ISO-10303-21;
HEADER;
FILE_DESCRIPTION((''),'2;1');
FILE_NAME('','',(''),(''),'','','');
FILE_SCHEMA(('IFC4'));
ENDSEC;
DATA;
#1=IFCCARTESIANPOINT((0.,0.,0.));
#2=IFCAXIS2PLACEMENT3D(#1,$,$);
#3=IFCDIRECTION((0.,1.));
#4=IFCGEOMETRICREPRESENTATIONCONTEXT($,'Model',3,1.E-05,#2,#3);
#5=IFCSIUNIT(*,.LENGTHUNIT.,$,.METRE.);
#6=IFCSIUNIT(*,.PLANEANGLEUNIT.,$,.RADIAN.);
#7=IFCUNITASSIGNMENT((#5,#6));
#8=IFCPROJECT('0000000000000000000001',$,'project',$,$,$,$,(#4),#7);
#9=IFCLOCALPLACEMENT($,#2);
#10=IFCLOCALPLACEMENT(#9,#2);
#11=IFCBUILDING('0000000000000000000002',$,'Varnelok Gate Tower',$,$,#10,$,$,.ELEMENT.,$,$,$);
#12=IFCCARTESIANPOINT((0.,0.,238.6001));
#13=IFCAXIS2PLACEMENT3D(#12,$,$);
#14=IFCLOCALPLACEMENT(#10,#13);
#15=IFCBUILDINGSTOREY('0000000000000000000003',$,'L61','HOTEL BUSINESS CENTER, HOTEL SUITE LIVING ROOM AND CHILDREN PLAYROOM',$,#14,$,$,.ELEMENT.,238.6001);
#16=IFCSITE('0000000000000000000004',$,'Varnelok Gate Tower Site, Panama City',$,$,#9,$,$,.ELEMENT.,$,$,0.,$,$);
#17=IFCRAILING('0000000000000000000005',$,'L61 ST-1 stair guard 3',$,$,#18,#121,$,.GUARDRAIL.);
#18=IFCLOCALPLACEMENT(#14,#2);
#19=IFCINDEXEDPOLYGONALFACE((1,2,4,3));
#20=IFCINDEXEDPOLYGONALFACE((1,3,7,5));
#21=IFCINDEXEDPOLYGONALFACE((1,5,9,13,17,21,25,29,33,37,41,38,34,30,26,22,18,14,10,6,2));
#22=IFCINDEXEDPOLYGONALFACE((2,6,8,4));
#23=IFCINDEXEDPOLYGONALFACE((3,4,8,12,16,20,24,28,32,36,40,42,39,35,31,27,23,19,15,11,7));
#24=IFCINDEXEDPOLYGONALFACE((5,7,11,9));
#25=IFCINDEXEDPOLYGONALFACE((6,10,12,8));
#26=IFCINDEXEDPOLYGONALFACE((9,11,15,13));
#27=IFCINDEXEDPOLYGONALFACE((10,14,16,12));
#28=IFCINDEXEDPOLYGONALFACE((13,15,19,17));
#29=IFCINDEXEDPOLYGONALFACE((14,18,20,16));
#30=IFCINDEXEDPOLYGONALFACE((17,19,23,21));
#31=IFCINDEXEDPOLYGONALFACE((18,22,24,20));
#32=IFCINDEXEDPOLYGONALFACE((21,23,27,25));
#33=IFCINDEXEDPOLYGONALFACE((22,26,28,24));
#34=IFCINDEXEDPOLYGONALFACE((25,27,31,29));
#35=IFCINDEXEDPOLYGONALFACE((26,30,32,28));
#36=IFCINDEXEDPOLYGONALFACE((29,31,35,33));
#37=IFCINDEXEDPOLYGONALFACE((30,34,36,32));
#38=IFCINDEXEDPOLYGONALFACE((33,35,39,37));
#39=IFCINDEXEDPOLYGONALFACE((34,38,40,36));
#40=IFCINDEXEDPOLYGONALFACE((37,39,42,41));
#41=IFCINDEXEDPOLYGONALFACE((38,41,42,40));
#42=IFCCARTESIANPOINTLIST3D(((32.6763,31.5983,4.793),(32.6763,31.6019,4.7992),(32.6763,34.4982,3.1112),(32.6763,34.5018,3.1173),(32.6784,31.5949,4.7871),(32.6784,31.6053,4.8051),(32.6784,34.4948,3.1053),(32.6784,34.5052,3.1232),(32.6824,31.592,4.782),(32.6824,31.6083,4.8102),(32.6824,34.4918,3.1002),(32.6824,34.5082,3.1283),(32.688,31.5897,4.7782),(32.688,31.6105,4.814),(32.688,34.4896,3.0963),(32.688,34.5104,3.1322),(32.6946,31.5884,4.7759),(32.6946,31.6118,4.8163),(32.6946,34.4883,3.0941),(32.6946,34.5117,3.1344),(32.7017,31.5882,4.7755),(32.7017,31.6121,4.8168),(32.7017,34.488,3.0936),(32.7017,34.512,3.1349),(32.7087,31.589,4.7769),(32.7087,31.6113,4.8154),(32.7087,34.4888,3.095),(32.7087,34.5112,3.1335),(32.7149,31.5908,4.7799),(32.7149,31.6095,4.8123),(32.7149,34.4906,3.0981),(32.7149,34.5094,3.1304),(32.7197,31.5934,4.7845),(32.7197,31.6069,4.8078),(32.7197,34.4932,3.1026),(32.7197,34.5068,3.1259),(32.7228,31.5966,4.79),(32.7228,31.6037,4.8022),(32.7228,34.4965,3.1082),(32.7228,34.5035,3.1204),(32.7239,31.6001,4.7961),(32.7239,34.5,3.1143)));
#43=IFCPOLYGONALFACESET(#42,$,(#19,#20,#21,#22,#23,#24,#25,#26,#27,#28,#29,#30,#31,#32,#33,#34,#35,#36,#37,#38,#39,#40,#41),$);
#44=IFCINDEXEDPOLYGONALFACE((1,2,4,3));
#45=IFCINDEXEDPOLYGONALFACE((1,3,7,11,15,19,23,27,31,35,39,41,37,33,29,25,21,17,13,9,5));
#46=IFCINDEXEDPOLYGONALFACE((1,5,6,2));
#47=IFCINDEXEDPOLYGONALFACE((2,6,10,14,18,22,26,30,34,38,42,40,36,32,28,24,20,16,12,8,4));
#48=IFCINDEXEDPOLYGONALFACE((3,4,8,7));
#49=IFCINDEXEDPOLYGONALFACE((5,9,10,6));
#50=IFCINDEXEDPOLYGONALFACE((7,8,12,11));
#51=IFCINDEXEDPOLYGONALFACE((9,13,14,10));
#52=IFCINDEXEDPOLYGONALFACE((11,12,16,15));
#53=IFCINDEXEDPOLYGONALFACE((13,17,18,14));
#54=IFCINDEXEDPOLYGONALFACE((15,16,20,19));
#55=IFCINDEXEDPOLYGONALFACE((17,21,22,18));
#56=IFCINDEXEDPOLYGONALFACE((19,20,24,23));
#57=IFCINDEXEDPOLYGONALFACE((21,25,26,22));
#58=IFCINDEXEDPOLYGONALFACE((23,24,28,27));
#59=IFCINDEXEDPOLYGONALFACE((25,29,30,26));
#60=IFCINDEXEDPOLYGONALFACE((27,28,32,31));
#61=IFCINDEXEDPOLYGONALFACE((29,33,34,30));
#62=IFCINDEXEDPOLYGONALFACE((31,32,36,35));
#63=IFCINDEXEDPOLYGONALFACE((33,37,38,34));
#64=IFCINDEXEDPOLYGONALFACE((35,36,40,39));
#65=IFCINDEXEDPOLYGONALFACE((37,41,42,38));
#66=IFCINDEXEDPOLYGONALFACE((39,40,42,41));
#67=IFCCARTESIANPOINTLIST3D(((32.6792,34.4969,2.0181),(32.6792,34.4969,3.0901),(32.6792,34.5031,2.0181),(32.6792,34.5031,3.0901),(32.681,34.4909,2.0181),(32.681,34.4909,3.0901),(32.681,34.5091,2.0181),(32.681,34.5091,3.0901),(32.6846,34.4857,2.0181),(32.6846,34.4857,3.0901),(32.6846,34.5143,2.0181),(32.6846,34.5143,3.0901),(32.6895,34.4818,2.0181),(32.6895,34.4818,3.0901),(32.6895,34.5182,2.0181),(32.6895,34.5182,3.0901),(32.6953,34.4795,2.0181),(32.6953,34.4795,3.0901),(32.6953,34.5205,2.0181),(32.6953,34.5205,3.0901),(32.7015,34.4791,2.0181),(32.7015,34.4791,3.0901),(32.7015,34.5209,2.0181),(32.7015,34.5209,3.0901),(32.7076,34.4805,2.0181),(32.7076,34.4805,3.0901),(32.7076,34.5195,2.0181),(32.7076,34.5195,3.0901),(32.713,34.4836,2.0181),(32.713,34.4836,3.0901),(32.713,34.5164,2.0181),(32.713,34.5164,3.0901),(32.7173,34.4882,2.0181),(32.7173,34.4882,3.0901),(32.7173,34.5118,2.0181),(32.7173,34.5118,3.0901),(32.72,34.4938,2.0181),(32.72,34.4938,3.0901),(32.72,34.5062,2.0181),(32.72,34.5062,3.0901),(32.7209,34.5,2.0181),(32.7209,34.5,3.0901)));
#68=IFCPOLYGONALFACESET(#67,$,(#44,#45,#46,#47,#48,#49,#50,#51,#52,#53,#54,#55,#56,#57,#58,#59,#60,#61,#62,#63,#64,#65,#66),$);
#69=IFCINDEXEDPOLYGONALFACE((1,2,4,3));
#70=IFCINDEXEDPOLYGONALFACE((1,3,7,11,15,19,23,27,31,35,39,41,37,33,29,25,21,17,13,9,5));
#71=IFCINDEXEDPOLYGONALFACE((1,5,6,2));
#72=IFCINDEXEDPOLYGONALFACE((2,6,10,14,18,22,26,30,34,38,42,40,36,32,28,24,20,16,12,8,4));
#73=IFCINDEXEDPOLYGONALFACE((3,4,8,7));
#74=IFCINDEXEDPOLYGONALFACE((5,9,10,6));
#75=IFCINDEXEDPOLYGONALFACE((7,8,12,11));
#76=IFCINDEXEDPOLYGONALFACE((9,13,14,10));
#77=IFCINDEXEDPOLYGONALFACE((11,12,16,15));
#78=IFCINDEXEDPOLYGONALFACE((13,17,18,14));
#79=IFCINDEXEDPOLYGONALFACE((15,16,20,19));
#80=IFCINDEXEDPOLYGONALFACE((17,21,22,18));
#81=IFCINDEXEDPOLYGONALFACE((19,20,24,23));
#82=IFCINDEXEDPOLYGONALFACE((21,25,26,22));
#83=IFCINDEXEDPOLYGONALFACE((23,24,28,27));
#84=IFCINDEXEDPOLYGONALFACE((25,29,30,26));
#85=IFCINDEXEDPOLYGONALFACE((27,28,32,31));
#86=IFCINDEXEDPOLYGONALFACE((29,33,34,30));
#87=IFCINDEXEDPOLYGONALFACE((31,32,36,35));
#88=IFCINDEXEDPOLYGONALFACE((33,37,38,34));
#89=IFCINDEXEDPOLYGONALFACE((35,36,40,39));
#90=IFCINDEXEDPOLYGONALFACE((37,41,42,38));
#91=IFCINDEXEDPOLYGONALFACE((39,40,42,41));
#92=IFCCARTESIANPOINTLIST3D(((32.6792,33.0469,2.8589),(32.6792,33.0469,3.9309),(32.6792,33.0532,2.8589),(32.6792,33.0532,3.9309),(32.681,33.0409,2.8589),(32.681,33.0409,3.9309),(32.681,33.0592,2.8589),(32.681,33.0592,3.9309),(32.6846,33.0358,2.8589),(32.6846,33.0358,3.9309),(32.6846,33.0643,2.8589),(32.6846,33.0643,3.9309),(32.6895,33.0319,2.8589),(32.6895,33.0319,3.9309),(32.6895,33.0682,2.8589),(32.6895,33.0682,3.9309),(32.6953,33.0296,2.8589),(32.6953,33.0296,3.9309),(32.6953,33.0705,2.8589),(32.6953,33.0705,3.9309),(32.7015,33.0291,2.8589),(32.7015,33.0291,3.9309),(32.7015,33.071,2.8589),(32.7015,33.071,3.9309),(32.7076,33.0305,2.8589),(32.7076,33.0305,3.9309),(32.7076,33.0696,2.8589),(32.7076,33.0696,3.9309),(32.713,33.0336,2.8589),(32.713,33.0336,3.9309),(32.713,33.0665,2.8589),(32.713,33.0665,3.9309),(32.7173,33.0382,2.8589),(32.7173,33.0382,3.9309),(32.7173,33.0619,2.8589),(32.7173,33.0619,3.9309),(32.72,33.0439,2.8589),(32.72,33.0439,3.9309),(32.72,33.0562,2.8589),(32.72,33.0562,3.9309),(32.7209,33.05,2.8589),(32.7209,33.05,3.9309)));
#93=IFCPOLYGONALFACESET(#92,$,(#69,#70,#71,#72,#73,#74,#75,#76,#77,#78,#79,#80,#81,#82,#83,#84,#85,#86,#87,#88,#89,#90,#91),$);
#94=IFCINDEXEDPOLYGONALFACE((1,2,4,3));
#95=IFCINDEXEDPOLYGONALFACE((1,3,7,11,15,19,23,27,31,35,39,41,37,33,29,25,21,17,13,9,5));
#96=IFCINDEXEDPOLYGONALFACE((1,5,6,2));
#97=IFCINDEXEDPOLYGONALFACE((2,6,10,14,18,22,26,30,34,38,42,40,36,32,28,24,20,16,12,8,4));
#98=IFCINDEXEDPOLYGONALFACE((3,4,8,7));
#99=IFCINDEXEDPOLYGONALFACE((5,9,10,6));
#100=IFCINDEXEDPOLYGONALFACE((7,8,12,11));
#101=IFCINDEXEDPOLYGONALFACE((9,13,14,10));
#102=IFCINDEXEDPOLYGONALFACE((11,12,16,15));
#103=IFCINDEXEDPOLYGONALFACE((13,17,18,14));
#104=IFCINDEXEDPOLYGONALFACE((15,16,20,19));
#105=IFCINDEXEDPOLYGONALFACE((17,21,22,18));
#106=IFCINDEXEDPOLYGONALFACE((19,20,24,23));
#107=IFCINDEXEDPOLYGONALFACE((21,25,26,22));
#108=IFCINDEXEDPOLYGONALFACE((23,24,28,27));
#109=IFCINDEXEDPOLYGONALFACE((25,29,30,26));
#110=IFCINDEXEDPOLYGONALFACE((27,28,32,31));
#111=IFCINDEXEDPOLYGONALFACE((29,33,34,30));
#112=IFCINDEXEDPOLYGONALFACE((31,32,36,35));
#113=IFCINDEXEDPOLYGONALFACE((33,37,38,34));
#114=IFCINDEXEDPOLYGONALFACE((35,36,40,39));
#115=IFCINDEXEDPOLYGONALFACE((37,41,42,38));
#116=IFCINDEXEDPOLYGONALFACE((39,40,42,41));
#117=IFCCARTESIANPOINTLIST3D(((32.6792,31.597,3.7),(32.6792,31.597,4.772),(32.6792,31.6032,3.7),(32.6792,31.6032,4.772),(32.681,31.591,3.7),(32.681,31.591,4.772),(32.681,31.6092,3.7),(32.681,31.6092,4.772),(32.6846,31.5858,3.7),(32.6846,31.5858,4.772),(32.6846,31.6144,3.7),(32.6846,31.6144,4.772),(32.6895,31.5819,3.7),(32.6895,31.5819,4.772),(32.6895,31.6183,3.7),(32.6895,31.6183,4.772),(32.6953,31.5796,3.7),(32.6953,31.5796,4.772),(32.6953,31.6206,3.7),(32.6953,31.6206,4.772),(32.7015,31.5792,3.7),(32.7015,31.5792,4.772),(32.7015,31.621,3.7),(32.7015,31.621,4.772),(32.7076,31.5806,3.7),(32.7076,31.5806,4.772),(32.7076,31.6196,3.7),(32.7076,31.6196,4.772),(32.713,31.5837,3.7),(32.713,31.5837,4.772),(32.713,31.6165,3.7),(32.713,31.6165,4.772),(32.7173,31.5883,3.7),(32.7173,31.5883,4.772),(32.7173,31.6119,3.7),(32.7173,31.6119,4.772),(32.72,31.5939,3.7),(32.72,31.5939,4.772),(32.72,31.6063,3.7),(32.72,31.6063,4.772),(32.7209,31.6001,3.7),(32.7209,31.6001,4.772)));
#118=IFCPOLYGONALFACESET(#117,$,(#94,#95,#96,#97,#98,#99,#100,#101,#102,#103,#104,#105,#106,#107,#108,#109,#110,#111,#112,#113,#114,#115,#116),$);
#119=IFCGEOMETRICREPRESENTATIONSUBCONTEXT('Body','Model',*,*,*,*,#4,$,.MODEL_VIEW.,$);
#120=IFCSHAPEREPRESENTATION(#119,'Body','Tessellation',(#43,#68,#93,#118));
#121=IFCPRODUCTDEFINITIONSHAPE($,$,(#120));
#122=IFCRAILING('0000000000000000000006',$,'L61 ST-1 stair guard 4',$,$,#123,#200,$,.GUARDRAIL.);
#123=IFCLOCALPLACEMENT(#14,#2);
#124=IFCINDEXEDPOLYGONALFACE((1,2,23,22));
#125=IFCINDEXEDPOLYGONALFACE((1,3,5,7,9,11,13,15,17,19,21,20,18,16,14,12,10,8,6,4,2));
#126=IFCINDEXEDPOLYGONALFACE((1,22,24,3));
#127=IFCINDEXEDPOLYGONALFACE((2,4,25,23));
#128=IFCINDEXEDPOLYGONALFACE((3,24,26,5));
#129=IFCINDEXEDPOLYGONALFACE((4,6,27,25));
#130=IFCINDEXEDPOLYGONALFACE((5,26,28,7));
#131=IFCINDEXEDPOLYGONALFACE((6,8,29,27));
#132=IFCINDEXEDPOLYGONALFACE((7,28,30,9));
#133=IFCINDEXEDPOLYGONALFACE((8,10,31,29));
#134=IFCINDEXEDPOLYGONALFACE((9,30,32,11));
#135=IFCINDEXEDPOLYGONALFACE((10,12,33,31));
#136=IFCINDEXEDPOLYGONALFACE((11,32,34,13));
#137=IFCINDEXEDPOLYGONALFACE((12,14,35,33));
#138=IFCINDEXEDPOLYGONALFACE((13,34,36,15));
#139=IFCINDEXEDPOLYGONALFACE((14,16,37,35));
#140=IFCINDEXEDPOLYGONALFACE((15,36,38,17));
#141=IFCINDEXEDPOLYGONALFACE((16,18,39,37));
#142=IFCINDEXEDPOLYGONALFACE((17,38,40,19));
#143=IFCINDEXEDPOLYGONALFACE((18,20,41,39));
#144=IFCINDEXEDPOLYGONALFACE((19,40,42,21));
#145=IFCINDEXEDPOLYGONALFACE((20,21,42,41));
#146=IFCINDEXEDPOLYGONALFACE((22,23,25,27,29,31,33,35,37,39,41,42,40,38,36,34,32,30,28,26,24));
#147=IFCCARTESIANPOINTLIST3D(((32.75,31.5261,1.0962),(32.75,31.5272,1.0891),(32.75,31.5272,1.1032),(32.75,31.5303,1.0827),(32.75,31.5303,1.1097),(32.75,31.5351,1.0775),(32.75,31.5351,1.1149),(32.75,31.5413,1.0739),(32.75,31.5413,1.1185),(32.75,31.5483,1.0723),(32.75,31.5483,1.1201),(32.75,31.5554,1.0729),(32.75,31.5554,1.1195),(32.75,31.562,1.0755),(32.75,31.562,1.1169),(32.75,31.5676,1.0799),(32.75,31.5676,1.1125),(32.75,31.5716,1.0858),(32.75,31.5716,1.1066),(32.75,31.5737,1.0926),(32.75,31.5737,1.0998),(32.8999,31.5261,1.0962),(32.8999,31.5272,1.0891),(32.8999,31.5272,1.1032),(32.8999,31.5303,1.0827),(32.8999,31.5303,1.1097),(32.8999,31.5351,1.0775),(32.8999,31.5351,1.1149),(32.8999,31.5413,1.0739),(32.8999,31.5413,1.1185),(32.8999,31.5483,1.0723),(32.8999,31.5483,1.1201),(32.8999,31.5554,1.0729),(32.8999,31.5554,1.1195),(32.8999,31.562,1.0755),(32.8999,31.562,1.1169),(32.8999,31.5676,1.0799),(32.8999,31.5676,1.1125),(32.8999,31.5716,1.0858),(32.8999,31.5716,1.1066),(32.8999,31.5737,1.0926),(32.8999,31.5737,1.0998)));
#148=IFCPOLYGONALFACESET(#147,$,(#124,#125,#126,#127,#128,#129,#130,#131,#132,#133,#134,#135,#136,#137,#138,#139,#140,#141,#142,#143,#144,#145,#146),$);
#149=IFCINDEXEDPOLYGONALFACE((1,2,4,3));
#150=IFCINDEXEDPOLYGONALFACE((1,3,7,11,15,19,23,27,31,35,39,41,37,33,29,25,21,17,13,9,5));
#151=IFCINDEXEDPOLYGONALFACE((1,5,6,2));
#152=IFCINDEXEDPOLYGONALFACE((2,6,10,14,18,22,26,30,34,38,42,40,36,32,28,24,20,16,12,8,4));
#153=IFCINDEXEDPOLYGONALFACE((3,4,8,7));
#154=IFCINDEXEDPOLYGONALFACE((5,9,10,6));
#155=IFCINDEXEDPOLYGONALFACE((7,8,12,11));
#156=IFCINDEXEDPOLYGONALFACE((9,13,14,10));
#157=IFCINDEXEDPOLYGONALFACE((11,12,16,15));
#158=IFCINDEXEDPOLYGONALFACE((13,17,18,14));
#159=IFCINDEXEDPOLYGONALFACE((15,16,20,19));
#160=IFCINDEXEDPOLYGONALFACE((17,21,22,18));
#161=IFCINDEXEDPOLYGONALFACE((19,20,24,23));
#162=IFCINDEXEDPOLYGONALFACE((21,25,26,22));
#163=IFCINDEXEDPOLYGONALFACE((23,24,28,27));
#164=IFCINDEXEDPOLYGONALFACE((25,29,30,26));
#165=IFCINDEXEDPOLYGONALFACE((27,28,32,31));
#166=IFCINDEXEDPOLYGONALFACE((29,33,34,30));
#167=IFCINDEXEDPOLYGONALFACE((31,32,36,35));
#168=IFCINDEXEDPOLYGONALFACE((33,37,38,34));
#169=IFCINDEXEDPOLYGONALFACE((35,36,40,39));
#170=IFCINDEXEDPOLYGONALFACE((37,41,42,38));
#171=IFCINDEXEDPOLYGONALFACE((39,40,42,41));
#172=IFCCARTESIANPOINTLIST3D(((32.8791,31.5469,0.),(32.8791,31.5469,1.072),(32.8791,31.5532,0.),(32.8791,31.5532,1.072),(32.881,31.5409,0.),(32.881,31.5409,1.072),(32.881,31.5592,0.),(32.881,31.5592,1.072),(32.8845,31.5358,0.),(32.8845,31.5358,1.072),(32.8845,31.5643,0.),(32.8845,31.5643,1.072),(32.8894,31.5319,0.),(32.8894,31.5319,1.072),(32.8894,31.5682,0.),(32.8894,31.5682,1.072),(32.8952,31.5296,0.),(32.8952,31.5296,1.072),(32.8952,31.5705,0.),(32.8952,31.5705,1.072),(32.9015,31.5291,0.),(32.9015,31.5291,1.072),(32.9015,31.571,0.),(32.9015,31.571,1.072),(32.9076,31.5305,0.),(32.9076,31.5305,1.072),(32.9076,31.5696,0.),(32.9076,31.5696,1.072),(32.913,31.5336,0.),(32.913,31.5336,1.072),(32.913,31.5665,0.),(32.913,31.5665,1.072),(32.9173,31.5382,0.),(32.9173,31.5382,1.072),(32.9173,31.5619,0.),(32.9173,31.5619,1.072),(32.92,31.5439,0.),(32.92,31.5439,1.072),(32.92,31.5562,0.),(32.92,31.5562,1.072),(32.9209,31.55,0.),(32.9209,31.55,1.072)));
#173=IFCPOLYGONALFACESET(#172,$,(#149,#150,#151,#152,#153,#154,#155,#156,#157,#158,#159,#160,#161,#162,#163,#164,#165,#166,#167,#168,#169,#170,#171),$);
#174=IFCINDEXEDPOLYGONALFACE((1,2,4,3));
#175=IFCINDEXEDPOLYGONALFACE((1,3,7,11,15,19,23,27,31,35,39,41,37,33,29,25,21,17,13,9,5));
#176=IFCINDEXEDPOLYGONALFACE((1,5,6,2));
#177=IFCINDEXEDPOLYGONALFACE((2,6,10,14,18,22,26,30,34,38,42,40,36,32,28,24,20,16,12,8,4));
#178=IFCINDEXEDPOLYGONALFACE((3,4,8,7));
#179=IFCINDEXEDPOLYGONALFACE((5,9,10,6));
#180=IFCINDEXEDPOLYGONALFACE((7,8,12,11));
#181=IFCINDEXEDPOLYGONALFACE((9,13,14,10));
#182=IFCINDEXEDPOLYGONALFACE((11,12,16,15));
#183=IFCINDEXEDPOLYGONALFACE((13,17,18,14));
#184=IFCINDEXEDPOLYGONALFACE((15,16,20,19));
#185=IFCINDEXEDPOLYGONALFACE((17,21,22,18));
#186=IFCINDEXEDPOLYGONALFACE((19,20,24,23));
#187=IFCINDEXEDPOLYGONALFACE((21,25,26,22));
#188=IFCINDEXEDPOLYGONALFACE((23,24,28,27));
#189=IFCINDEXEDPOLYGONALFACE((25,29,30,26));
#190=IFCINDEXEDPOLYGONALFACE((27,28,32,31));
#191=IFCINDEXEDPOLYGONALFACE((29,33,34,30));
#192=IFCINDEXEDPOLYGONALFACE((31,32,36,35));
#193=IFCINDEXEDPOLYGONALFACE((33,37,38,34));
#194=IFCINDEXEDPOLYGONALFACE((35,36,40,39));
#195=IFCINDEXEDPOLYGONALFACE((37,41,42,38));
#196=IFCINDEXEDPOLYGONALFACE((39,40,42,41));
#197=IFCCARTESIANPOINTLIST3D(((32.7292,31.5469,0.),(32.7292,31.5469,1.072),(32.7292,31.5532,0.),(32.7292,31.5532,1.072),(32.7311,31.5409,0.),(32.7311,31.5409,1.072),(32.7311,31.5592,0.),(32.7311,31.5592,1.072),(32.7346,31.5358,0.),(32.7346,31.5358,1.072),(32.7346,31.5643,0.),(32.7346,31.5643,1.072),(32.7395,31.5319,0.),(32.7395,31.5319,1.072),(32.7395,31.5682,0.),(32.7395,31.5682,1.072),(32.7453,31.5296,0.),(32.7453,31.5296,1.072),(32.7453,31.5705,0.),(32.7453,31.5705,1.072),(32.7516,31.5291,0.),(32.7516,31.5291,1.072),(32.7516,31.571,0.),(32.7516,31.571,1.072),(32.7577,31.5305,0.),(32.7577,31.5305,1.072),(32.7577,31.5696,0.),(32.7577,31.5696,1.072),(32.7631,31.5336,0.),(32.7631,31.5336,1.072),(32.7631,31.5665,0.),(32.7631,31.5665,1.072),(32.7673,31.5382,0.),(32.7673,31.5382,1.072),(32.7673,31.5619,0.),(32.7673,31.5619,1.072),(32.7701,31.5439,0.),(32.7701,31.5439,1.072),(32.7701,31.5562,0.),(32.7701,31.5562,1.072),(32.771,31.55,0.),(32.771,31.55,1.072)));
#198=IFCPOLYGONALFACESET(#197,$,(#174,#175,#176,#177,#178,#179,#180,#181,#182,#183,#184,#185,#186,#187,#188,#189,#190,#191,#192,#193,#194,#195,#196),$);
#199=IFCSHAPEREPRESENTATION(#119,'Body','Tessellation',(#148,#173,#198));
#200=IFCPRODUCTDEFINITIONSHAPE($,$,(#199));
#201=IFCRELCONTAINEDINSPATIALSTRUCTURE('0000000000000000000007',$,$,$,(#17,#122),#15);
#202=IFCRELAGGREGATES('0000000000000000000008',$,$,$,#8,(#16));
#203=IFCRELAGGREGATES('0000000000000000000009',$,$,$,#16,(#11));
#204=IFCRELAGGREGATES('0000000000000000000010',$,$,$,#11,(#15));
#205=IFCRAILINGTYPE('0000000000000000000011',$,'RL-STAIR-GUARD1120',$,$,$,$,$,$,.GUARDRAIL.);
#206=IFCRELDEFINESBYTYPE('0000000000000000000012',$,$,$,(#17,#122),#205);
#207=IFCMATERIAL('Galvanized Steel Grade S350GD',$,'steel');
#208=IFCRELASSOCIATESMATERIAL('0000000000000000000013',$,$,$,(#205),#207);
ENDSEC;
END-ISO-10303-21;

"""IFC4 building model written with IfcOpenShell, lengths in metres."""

from ifc_helpers import new_model, si_unit, direction, frame, origin, origin_2d, place, context, subcontext, project, spatial, circle, extrude, material, type_object, element, save


model = new_model("IFC4")

# Units and contexts
model_context = context("Model", 3, precision=1e-05, world=origin(), true_north=direction((0.0, 1.0)))
body_context = subcontext(model_context, "Body", "Model", "MODEL_VIEW")
ifc_project = project(units=[si_unit("LENGTHUNIT", "METRE"), si_unit("PLANEANGLEUNIT", "RADIAN")], contexts=[model_context])

# Site, building, storey
site_placement = place(None, origin())
site = spatial("IfcSite", under=ifc_project, at=site_placement, Name="Varnelok Gate Tower Site, Panama City", CompositionType="ELEMENT", RefElevation=0.0)
building_placement = place(site_placement, origin())
building = spatial("IfcBuilding", under=site, at=building_placement, Name="Varnelok Gate Tower", CompositionType="ELEMENT")
storey_placement = place(building_placement, frame((0.0, 0.0, 238.6001)))
storey = spatial("IfcBuildingStorey", under=building, at=storey_placement, Name="L61", Description="HOTEL BUSINESS CENTER, HOTEL SUITE LIVING ROOM AND CHILDREN PLAYROOM", CompositionType="ELEMENT", Elevation=238.6001)

# Shared definitions
ifc_material_1 = material(Name="Galvanized Steel Grade S350GD", Category="steel")

# Railings
railing_type_1 = type_object("IfcRailingType", Name="RL-STAIR-GUARD1120", PredefinedType="GUARDRAIL", material=ifc_material_1)
railing_1_placement = place(storey_placement, frame((32.7, 34.5, 2.0181)))
element("IfcRailing", 1, at=railing_1_placement, inside=storey, type_object=railing_type_1, Name="L61 ST-1 stair guard 3", PredefinedType="GUARDRAIL", context=body_context, shape_type="SweptSolid", body=[
    extrude(circle(Radius=0.0239, at=origin_2d()), frame((0.0, 0.0, 1.0962), z_axis=(0.0, -0.865039, 0.501705), x_axis=(1.0, 0.0, 0.0)), (0.0, 0.0, 1.0), 3.3523),
    extrude(circle(Radius=0.021, at=origin_2d()), origin(), (0.0, 0.0, 1.0), 1.072),
    extrude(circle(Radius=0.021, at=origin_2d()), frame((0.0, -1.45, 0.8408)), (0.0, 0.0, 1.0), 1.072),
    extrude(circle(Radius=0.021, at=origin_2d()), frame((0.0, -2.8999, 1.6819)), (0.0, 0.0, 1.0), 1.072),
])
railing_2_placement = place(storey_placement, frame((32.8999, 31.55, 0.0)))
element("IfcRailing", 2, at=railing_2_placement, inside=storey, type_object=railing_type_1, Name="L61 ST-1 stair guard 4", PredefinedType="GUARDRAIL", context=body_context, shape_type="SweptSolid", body=[
    extrude(circle(Radius=0.0239, at=origin_2d()), frame((0.0, 0.0, 1.0962), z_axis=(-1.0, 0.0, 0.0), x_axis=(0.0, -1.0, 0.0)), (0.0, 0.0, 1.0), 0.1499),
    extrude(circle(Radius=0.021, at=origin_2d()), origin(), (0.0, 0.0, 1.0), 1.072),
    extrude(circle(Radius=0.021, at=origin_2d()), frame((-0.1499, 0.0, 0.0)), (0.0, 0.0, 1.0), 1.072),
])

save(model, "model.ifc")
